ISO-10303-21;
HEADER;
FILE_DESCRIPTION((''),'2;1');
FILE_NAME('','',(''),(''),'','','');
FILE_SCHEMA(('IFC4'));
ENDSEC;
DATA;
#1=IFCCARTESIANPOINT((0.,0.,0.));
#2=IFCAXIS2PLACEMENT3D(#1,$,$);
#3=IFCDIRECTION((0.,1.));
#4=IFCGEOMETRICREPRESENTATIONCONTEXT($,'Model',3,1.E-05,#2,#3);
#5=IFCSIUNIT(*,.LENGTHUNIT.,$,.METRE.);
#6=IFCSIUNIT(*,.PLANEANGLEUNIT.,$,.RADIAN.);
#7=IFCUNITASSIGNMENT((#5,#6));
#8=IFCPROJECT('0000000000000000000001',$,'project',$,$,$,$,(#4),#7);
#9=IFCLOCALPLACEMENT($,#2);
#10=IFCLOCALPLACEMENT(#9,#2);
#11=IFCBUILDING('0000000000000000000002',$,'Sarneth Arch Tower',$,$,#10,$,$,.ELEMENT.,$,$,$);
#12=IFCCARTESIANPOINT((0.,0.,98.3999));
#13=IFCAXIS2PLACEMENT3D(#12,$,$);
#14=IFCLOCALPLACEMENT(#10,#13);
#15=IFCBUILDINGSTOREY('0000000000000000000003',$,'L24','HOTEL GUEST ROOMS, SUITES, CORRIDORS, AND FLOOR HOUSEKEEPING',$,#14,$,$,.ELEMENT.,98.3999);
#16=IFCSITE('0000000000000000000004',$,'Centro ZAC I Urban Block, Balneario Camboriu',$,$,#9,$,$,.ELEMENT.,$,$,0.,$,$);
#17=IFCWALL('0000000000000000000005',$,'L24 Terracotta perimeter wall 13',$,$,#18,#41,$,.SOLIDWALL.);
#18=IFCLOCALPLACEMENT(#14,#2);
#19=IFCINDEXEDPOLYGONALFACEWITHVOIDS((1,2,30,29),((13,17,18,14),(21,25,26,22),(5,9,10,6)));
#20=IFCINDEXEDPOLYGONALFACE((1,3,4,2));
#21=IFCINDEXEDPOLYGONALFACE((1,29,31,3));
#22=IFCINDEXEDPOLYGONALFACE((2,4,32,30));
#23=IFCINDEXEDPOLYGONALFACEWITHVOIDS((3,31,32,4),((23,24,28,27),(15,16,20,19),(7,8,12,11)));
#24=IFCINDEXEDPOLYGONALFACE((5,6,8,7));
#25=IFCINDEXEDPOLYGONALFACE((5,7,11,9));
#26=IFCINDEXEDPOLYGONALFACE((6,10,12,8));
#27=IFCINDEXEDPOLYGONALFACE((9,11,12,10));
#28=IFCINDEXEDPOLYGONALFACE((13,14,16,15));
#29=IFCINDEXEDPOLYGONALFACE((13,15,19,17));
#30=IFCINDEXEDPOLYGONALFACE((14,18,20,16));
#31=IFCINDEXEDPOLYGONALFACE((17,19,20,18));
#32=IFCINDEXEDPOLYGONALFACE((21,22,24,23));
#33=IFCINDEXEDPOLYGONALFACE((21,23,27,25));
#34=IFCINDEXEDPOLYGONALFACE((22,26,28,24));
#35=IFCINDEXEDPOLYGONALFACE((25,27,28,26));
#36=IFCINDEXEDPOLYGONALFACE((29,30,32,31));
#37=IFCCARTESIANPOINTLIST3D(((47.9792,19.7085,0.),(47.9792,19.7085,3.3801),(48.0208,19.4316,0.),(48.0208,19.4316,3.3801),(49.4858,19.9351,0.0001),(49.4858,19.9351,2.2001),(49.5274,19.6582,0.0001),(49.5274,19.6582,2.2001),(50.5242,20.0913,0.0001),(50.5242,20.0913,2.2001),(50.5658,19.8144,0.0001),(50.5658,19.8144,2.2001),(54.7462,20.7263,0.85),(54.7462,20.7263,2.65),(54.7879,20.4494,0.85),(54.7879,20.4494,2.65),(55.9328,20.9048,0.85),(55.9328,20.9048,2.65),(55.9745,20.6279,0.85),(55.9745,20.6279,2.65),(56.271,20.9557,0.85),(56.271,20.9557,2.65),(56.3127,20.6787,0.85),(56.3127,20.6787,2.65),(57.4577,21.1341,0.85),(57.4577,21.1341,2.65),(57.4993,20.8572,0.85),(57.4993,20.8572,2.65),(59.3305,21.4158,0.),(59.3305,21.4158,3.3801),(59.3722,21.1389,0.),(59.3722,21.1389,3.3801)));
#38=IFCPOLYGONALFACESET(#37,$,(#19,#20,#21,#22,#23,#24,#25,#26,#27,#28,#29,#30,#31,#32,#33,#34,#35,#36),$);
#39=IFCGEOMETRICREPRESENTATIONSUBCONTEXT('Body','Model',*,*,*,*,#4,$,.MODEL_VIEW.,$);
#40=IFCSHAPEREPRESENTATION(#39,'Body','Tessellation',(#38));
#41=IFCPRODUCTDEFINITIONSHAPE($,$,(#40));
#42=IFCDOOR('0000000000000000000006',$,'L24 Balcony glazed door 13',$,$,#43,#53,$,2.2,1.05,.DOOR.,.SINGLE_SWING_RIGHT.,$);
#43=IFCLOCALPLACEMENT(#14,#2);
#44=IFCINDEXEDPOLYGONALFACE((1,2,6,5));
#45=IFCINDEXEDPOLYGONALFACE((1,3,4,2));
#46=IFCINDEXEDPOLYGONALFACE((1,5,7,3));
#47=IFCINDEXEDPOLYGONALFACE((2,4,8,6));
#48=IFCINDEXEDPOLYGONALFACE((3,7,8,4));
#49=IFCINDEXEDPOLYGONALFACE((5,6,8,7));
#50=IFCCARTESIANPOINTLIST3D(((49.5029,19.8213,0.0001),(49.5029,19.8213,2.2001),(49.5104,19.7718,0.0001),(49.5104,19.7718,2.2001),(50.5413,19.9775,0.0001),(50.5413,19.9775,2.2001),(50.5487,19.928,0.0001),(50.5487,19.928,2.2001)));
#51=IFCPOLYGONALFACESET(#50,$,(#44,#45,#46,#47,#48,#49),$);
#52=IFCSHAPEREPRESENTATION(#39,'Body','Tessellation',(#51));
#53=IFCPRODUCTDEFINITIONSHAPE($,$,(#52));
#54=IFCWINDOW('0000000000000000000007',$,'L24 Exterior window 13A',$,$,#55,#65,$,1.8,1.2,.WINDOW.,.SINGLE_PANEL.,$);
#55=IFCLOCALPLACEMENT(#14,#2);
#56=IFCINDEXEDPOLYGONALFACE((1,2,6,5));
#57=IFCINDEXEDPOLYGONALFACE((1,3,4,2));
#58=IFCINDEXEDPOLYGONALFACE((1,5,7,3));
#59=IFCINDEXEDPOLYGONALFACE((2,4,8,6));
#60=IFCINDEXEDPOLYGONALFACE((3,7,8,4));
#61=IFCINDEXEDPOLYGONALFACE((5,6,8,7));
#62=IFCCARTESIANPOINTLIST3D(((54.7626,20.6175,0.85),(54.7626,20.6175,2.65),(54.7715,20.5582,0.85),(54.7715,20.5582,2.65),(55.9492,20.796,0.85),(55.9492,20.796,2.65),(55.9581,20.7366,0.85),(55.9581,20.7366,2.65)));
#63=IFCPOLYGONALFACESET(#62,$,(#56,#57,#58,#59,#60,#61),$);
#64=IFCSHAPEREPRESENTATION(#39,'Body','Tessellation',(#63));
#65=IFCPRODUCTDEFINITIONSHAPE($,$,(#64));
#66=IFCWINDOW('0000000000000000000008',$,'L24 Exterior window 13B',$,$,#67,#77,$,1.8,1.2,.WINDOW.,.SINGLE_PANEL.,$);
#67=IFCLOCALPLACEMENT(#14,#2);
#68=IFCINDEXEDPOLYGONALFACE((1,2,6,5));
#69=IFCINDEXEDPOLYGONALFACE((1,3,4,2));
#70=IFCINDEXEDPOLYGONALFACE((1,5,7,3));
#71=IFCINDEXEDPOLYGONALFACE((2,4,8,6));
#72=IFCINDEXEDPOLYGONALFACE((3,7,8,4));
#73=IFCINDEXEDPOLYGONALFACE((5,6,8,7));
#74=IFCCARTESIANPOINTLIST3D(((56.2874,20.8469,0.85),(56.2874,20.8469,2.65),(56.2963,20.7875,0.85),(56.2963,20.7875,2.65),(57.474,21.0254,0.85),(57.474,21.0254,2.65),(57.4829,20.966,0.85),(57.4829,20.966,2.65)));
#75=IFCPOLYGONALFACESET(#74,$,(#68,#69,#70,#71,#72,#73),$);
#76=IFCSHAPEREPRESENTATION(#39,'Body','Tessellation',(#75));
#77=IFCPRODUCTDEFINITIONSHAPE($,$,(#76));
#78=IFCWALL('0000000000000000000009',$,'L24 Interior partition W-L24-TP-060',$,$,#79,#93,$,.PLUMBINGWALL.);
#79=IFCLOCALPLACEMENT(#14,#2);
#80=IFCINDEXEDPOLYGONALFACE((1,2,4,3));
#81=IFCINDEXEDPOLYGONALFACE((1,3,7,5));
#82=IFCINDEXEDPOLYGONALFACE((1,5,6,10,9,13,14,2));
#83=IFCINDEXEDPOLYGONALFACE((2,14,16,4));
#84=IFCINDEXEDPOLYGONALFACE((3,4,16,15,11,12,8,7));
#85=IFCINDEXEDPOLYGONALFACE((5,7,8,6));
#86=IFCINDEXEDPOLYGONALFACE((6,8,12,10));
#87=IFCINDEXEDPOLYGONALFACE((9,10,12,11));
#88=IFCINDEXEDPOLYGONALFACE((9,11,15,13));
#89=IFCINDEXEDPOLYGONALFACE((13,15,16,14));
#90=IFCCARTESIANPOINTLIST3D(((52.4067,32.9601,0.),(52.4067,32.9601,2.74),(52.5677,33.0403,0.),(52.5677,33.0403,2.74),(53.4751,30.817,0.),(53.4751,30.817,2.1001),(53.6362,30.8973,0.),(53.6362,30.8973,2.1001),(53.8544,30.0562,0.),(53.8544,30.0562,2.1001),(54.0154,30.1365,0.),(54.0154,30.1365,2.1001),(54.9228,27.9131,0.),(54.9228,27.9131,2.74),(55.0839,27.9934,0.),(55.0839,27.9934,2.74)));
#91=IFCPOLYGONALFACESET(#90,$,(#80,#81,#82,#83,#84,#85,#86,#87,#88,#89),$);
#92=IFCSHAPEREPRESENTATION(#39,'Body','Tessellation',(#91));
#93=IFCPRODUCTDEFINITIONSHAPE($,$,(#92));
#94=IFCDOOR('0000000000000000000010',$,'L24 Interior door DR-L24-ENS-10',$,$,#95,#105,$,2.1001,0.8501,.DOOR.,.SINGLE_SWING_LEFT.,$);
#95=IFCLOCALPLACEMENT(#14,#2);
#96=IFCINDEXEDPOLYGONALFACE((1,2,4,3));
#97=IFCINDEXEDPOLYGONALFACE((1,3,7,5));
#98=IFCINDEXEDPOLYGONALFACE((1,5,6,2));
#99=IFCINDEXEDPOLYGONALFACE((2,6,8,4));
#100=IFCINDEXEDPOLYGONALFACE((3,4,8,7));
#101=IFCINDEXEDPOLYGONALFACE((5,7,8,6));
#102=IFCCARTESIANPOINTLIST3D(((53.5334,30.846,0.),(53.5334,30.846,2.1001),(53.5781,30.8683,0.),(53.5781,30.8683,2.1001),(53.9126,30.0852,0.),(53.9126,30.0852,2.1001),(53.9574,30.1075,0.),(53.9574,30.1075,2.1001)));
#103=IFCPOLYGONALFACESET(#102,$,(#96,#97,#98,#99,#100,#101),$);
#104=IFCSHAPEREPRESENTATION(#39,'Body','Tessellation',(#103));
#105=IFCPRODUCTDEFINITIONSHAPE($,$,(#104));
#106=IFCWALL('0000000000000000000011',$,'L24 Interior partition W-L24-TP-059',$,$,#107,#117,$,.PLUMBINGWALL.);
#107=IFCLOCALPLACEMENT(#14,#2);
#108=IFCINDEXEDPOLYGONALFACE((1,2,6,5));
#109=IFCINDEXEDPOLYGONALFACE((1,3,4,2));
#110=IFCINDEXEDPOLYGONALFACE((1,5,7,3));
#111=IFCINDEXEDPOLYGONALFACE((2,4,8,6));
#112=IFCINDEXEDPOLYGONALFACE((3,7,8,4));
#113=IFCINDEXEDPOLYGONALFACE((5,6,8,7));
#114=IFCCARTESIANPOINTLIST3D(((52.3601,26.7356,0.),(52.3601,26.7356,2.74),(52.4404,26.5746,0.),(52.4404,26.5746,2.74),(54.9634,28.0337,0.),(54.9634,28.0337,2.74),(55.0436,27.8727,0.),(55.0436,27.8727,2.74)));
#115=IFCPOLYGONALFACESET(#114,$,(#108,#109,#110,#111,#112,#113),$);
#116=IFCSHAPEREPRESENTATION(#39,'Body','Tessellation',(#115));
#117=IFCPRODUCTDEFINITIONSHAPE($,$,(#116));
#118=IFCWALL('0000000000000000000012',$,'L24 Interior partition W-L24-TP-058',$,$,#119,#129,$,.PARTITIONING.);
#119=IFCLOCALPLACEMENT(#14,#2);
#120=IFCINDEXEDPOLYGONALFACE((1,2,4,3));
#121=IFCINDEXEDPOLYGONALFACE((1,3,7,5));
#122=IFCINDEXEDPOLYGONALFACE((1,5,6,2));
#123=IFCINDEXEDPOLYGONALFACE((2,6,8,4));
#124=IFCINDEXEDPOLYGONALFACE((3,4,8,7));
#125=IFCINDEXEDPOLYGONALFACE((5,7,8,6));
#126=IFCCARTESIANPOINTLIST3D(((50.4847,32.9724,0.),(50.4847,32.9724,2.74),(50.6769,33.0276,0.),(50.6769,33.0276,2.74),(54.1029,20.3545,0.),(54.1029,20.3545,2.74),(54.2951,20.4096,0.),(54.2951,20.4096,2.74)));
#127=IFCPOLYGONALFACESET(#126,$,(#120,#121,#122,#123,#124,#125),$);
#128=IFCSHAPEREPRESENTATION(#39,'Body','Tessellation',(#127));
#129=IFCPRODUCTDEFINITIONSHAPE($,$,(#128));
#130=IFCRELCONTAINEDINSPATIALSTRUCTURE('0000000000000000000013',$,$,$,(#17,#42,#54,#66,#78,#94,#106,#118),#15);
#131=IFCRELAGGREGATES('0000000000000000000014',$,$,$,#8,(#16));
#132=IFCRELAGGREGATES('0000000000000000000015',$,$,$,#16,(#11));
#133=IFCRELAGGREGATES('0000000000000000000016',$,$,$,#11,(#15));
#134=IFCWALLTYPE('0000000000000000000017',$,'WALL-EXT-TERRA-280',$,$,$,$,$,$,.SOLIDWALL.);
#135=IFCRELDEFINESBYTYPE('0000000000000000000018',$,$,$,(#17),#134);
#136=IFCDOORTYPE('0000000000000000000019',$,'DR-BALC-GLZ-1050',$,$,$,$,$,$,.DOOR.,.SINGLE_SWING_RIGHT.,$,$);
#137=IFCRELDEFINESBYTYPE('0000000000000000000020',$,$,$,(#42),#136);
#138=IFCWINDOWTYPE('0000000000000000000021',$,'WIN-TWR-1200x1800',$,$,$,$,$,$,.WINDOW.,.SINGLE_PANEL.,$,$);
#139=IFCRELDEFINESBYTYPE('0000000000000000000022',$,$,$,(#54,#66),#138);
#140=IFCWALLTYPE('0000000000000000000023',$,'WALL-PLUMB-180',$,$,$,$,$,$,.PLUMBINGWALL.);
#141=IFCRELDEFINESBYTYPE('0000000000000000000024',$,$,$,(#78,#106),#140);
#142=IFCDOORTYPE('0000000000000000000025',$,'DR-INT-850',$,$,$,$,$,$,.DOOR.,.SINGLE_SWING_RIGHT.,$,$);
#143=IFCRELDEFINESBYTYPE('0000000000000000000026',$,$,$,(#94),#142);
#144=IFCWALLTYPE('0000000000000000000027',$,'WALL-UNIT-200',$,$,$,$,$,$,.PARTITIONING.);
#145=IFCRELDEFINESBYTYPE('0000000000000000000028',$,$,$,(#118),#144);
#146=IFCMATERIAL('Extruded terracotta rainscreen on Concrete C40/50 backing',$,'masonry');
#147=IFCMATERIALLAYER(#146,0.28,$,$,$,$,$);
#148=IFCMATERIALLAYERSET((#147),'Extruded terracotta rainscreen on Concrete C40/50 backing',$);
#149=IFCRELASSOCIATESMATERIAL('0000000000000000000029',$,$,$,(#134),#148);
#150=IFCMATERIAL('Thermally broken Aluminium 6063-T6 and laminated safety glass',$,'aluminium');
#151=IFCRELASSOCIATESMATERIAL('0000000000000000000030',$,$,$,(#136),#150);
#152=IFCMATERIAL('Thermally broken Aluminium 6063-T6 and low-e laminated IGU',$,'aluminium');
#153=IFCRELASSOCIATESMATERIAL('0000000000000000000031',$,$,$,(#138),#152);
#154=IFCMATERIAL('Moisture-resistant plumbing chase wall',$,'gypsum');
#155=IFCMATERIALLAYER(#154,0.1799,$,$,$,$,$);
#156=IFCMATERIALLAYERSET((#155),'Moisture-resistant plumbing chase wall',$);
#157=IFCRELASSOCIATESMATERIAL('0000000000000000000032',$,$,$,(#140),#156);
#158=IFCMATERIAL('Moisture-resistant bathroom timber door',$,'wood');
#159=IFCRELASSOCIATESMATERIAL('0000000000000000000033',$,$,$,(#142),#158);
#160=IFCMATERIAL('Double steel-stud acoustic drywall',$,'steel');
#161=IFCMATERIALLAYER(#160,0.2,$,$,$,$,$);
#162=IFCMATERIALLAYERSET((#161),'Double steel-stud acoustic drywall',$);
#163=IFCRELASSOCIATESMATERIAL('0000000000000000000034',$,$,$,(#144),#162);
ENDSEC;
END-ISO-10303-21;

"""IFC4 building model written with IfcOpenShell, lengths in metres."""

from ifc_helpers import new_model, si_unit, direction, frame, frame_2d, origin, place, context, subcontext, project, spatial, rectangle, extrude, material, layer, layer_set, type_object, element, fill, save


model = new_model("IFC4")

# Units and contexts
model_context = context("Model", 3, precision=1e-05, world=origin(), true_north=direction((0.0, 1.0)))
body_context = subcontext(model_context, "Body", "Model", "MODEL_VIEW")
ifc_project = project(units=[si_unit("LENGTHUNIT", "METRE"), si_unit("PLANEANGLEUNIT", "RADIAN")], contexts=[model_context])

# Site, building, storey
site_placement = place(None, origin())
site = spatial("IfcSite", under=ifc_project, at=site_placement, Name="Centro ZAC I Urban Block, Balneario Camboriu", CompositionType="ELEMENT", RefElevation=0.0)
building_placement = place(site_placement, origin())
building = spatial("IfcBuilding", under=site, at=building_placement, Name="Sarneth Arch Tower", CompositionType="ELEMENT")
storey_placement = place(building_placement, frame((0.0, 0.0, 98.3999)))
storey = spatial("IfcBuildingStorey", under=building, at=storey_placement, Name="L24", Description="HOTEL GUEST ROOMS, SUITES, CORRIDORS, AND FLOOR HOUSEKEEPING", CompositionType="ELEMENT", Elevation=98.3999)

# Wall, openings, door, windows
ifc_material_1 = material(Name="Extruded terracotta rainscreen on Concrete C40/50 backing", Category="masonry")
ifc_layer_1 = layer(ifc_material_1, 0.28)
ifc_layer_set_1 = layer_set([ifc_layer_1], Name="Extruded terracotta rainscreen on Concrete C40/50 backing")
wall_type_1 = type_object("IfcWallType", Name="WALL-EXT-TERRA-280", PredefinedType="SOLIDWALL", material=ifc_layer_set_1)
wall_1_placement = place(storey_placement, frame((48.0, 19.5701, 0.0), z_axis=(0.0, 0.0, 1.0), x_axis=(0.988878, 0.14873, 0.0)))
wall_1 = element("IfcWall", 1, at=wall_1_placement, inside=storey, type_object=wall_type_1, Name="L24 Terracotta perimeter wall 13", PredefinedType="SOLIDWALL", context=body_context, shape_type="SweptSolid", body=[
    extrude(rectangle(XDim=11.479, YDim=0.28, at=frame_2d((5.7395, 0.0))), origin(), (0.0, 0.0, 1.0), 3.3801),
])
opening_1_placement = place(wall_1_placement, frame((1.5237, 0.0, 0.0)))
opening_1 = element("IfcOpeningElement", 2, at=opening_1_placement, cuts=wall_1, PredefinedType="OPENING", context=body_context, shape_type="SweptSolid", body=[
    extrude(rectangle(XDim=1.05, YDim=2.2, at=frame_2d((0.5249, 1.1001))), frame((0.0, 0.1499, 0.0), z_axis=(0.0, -1.0, 0.0), x_axis=(1.0, 0.0, 0.0)), (0.0, 0.0, 1.0), 0.3),
])
opening_2_placement = place(wall_1_placement, frame((6.843, 0.0, 0.8501)))
opening_2 = element("IfcOpeningElement", 3, at=opening_2_placement, cuts=wall_1, PredefinedType="OPENING", context=body_context, shape_type="SweptSolid", body=[
    extrude(rectangle(XDim=1.2, YDim=1.8, at=frame_2d((0.6001, 0.8999))), frame((0.0, 0.1499, 0.0), z_axis=(0.0, -1.0, 0.0), x_axis=(1.0, 0.0, 0.0)), (0.0, 0.0, 1.0), 0.3),
])
opening_3_placement = place(wall_1_placement, frame((8.385, 0.0, 0.8501)))
opening_3 = element("IfcOpeningElement", 4, at=opening_3_placement, cuts=wall_1, PredefinedType="OPENING", context=body_context, shape_type="SweptSolid", body=[
    extrude(rectangle(XDim=1.2, YDim=1.8, at=frame_2d((0.6001, 0.8999))), frame((0.0, 0.1499, 0.0), z_axis=(0.0, -1.0, 0.0), x_axis=(1.0, 0.0, 0.0)), (0.0, 0.0, 1.0), 0.3),
])
ifc_material_2 = material(Name="Thermally broken Aluminium 6063-T6 and laminated safety glass", Category="aluminium")
door_type_1 = type_object("IfcDoorType", Name="DR-BALC-GLZ-1050", OperationType="SINGLE_SWING_RIGHT", PredefinedType="DOOR", material=ifc_material_2)
door_1_placement = place(opening_1_placement, origin())
door_1 = element("IfcDoor", 5, at=door_1_placement, inside=storey, type_object=door_type_1, Name="L24 Balcony glazed door 13", OperationType="SINGLE_SWING_RIGHT", OverallHeight=2.2, OverallWidth=1.05, PredefinedType="DOOR", context=body_context, shape_type="SweptSolid", body=[
    extrude(rectangle(XDim=1.05, YDim=2.2, at=frame_2d((0.5249, 1.1001))), frame((0.0, 0.0249, 0.0), z_axis=(0.0, -1.0, 0.0), x_axis=(1.0, 0.0, 0.0)), (0.0, 0.0, 1.0), 0.05),
])
fill(opening_1, door_1)
ifc_material_3 = material(Name="Thermally broken Aluminium 6063-T6 and low-e laminated IGU", Category="aluminium")
window_type = type_object("IfcWindowType", Name="WIN-TWR-1200x1800", PartitioningType="SINGLE_PANEL", PredefinedType="WINDOW", material=ifc_material_3)
window_1_placement = place(opening_2_placement, origin())
window_1 = element("IfcWindow", 6, at=window_1_placement, inside=storey, type_object=window_type, Name="L24 Exterior window 13A", OverallHeight=1.8, OverallWidth=1.2, PartitioningType="SINGLE_PANEL", PredefinedType="WINDOW", context=body_context, shape_type="SweptSolid", body=[
    extrude(rectangle(XDim=1.2, YDim=1.8, at=frame_2d((0.6001, 0.8999))), frame((0.0, 0.03, 0.0), z_axis=(0.0, -1.0, 0.0), x_axis=(1.0, 0.0, 0.0)), (0.0, 0.0, 1.0), 0.0601),
])
fill(opening_2, window_1)
window_2_placement = place(opening_3_placement, origin())
window_2 = element("IfcWindow", 7, at=window_2_placement, inside=storey, type_object=window_type, Name="L24 Exterior window 13B", OverallHeight=1.8, OverallWidth=1.2, PartitioningType="SINGLE_PANEL", PredefinedType="WINDOW", context=body_context, shape_type="SweptSolid", body=[
    extrude(rectangle(XDim=1.2, YDim=1.8, at=frame_2d((0.6001, 0.8999))), frame((0.0, 0.03, 0.0), z_axis=(0.0, -1.0, 0.0), x_axis=(1.0, 0.0, 0.0)), (0.0, 0.0, 1.0), 0.0601),
])
fill(opening_3, window_2)

# Wall, opening, door
ifc_material_4 = material(Name="Moisture-resistant plumbing chase wall", Category="gypsum")
ifc_layer_2 = layer(ifc_material_4, 0.1799)
ifc_layer_set_2 = layer_set([ifc_layer_2], Name="Moisture-resistant plumbing chase wall")
wall_type_2 = type_object("IfcWallType", Name="WALL-PLUMB-180", PredefinedType="PLUMBINGWALL", material=ifc_layer_set_2)
wall_2_placement = place(storey_placement, frame((55.0034, 27.9531, 0.0), z_axis=(0.0, 0.0, 1.0), x_axis=(-0.446174, 0.894946, 0.0)))
wall_2 = element("IfcWall", 8, at=wall_2_placement, inside=storey, type_object=wall_type_2, Name="L24 Interior partition W-L24-TP-060", PredefinedType="PLUMBINGWALL", context=body_context, shape_type="SweptSolid", body=[
    extrude(rectangle(XDim=5.6394, YDim=0.1799, at=frame_2d((2.8198, 0.0))), origin(), (0.0, 0.0, 1.0), 2.74),
])
opening_4_placement = place(wall_2_placement, frame((2.3948, 0.0, 0.0)))
opening_4 = element("IfcOpeningElement", 9, at=opening_4_placement, cuts=wall_2, PredefinedType="OPENING", context=body_context, shape_type="SweptSolid", body=[
    extrude(rectangle(XDim=0.8501, YDim=2.1001, at=frame_2d((0.425, 1.05))), frame((0.0, 0.0999, 0.0), z_axis=(0.0, -1.0, 0.0), x_axis=(1.0, 0.0, 0.0)), (0.0, 0.0, 1.0), 0.2),
])
ifc_material_5 = material(Name="Moisture-resistant bathroom timber door", Category="wood")
door_type_2 = type_object("IfcDoorType", Name="DR-INT-850", OperationType="SINGLE_SWING_RIGHT", PredefinedType="DOOR", material=ifc_material_5)
door_2_placement = place(opening_4_placement, origin())
door_2 = element("IfcDoor", 10, at=door_2_placement, inside=storey, type_object=door_type_2, Name="L24 Interior door DR-L24-ENS-10", OperationType="SINGLE_SWING_LEFT", OverallHeight=2.1001, OverallWidth=0.8501, PredefinedType="DOOR", context=body_context, shape_type="SweptSolid", body=[
    extrude(rectangle(XDim=0.8501, YDim=2.1001, at=frame_2d((0.425, 1.05))), frame((0.0, 0.0249, 0.0), z_axis=(0.0, -1.0, 0.0), x_axis=(1.0, 0.0, 0.0)), (0.0, 0.0, 1.0), 0.05),
])
fill(opening_4, door_2)

# Walls
wall_3_placement = place(storey_placement, frame((52.4001, 26.655, 0.0), z_axis=(0.0, 0.0, 1.0), x_axis=(0.894913, 0.44624, 0.0)))
element("IfcWall", 11, at=wall_3_placement, inside=storey, type_object=wall_type_2, Name="L24 Interior partition W-L24-TP-059", PredefinedType="PLUMBINGWALL", context=body_context, shape_type="SweptSolid", body=[
    extrude(rectangle(XDim=2.9089, YDim=0.1799, at=frame_2d((1.4546, 0.0))), origin(), (0.0, 0.0, 1.0), 2.74),
])
ifc_material_6 = material(Name="Double steel-stud acoustic drywall", Category="steel")
ifc_layer_3 = layer(ifc_material_6, 0.2)
ifc_layer_set_3 = layer_set([ifc_layer_3], Name="Double steel-stud acoustic drywall")
wall_type_3 = type_object("IfcWallType", Name="WALL-UNIT-200", PredefinedType="PARTITIONING", material=ifc_layer_set_3)
wall_4_placement = place(storey_placement, frame((50.5808, 33.0, 0.0), z_axis=(0.0, 0.0, 1.0), x_axis=(0.27564, -0.961261, 0.0)))
element("IfcWall", 12, at=wall_4_placement, inside=storey, type_object=wall_type_3, Name="L24 Interior partition W-L24-TP-058", PredefinedType="PARTITIONING", context=body_context, shape_type="SweptSolid", body=[
    extrude(rectangle(XDim=13.1265, YDim=0.2, at=frame_2d((6.5632, 0.0))), origin(), (0.0, 0.0, 1.0), 2.74),
])

save(model, "model.ifc")
